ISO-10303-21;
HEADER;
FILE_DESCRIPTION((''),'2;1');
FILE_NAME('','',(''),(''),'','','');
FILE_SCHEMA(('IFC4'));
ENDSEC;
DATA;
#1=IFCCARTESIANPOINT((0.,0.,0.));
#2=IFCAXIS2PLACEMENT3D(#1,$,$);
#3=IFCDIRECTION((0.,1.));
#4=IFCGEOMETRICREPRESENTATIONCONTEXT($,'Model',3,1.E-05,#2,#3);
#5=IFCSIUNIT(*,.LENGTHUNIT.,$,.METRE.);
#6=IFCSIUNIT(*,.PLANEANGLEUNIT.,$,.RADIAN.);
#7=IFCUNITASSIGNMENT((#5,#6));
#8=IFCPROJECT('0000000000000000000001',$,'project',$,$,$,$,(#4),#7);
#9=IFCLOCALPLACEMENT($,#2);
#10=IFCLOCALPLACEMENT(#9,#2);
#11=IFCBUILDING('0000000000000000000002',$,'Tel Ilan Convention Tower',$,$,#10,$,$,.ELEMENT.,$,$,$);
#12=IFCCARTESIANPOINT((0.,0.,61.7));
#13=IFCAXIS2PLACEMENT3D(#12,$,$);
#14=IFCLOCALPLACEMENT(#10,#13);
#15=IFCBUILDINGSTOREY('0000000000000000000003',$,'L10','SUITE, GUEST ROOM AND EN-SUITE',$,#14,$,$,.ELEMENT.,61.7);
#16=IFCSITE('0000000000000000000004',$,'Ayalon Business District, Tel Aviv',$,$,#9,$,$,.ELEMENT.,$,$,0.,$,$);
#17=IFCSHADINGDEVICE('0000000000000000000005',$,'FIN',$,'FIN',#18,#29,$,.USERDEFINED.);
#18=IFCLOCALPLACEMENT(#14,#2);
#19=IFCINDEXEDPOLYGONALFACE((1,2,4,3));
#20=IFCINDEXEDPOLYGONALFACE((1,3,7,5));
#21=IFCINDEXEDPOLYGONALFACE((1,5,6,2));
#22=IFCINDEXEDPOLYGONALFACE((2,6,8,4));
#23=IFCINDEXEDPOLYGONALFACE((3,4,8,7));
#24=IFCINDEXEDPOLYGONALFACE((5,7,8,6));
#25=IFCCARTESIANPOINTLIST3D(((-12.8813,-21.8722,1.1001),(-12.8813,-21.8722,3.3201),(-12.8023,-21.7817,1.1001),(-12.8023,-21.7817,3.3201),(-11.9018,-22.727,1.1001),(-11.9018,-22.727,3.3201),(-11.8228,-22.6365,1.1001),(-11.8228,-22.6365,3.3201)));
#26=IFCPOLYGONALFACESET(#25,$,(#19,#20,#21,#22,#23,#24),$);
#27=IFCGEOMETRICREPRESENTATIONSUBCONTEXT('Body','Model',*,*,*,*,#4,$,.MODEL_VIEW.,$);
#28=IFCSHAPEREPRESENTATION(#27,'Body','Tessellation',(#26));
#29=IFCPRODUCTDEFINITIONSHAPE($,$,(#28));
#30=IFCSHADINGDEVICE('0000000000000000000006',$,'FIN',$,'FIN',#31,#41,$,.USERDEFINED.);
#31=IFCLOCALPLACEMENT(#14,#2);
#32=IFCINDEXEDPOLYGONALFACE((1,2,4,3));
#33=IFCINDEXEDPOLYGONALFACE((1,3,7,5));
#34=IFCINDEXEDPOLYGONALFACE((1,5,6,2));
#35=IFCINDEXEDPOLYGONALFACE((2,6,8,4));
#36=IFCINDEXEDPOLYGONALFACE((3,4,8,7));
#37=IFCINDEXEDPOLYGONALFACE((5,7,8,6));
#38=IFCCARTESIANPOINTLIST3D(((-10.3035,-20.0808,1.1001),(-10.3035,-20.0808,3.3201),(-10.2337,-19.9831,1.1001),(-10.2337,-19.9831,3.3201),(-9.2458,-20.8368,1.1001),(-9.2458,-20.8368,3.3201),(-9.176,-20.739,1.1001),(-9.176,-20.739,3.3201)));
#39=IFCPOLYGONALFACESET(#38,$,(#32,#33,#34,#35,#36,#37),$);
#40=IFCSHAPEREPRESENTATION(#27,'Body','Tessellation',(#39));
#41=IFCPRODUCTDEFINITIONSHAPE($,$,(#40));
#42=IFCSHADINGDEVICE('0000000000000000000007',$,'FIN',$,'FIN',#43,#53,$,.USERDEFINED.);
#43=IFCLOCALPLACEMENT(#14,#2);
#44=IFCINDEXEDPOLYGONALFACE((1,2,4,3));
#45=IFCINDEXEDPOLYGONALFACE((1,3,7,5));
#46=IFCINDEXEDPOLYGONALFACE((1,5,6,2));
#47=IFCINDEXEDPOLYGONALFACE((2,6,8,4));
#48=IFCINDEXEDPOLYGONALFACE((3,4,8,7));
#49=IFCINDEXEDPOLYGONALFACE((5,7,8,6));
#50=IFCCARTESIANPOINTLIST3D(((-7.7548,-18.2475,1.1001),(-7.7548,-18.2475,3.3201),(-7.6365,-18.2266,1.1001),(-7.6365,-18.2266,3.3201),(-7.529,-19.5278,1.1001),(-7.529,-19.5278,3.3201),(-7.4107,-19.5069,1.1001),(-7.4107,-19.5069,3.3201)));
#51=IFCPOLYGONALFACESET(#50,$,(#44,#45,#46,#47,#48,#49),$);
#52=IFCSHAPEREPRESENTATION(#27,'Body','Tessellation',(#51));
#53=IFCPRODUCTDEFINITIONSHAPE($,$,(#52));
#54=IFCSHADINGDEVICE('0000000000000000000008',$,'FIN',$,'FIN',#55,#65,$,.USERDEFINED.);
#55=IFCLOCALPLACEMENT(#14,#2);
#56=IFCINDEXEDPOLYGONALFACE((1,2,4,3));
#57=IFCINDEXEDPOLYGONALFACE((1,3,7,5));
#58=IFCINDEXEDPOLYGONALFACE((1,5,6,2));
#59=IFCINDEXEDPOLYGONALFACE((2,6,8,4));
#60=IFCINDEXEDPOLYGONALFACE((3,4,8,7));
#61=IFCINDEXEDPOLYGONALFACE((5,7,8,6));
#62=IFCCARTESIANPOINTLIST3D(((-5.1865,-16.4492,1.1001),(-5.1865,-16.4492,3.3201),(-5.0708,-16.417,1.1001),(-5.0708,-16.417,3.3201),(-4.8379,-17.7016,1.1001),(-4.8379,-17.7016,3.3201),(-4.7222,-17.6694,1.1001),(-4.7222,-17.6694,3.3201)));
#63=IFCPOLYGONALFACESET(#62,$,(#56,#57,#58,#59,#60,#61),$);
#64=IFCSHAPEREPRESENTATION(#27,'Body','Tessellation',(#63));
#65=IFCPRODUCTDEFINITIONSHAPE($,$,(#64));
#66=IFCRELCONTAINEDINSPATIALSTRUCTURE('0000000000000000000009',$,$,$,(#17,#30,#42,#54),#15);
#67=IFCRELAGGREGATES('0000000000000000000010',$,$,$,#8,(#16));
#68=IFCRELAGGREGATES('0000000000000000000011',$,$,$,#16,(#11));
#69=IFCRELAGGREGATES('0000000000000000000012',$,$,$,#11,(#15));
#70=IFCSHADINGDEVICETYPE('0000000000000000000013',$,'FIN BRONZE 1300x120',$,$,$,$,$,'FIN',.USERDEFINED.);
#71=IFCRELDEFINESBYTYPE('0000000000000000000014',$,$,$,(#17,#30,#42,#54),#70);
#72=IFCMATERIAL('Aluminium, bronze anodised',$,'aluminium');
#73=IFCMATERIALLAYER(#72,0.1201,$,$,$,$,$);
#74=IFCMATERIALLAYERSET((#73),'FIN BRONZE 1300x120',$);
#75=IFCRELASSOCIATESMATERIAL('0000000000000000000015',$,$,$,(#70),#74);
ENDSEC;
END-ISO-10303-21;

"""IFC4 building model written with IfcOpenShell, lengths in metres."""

from ifc_helpers import new_model, si_unit, direction, frame, origin, origin_2d, place, context, subcontext, project, spatial, rectangle, extrude, material, layer, layer_set, type_object, element, save


model = new_model("IFC4")

# Units and contexts
model_context = context("Model", 3, precision=1e-05, world=origin(), true_north=direction((0.0, 1.0)))
body_context = subcontext(model_context, "Body", "Model", "MODEL_VIEW")
ifc_project = project(units=[si_unit("LENGTHUNIT", "METRE"), si_unit("PLANEANGLEUNIT", "RADIAN")], contexts=[model_context])

# Site, building, storey
site_placement = place(None, origin())
site = spatial("IfcSite", under=ifc_project, at=site_placement, Name="Ayalon Business District, Tel Aviv", CompositionType="ELEMENT", RefElevation=0.0)
building_placement = place(site_placement, origin())
building = spatial("IfcBuilding", under=site, at=building_placement, Name="Tel Ilan Convention Tower", CompositionType="ELEMENT")
storey_placement = place(building_placement, frame((0.0, 0.0, 61.7)))
storey = spatial("IfcBuildingStorey", under=building, at=storey_placement, Name="L10", Description="SUITE, GUEST ROOM AND EN-SUITE", CompositionType="ELEMENT", Elevation=61.7)

# Shading devices
ifc_material_1 = material(Name="Aluminium, bronze anodised", Category="aluminium")
ifc_layer_1 = layer(ifc_material_1, 0.1201)
ifc_layer_set_1 = layer_set([ifc_layer_1], Name="FIN BRONZE 1300x120")
shading_device_type = type_object("IfcShadingDeviceType", Name="FIN BRONZE 1300x120", ElementType="FIN", PredefinedType="USERDEFINED", material=ifc_layer_set_1)
for number, where, z_axis, x_axis, name in (
    (1, (-12.3521, -22.2544, 1.1001), (0.0, 0.0, 1.0), (0.753436, -0.657521, 0.0), "FIN"),
    (2, (-9.7397, -20.4099, 1.1001), (0.0, 0.0, 1.0), (0.813552, -0.581492, 0.0), "FIN"),
    (3, (-7.5828, -18.8772, 1.1001), (0.0, 0.0, 1.0), (0.173648, -0.984808, 0.0), "FIN"),
    (4, (-4.9543, -17.0593, 1.1001), (0.0, 0.0, 1.0), (0.268173, -0.963371, 0.0), "FIN"),
):
    element("IfcShadingDevice", number, at=place(storey_placement, frame(where, z_axis=z_axis, x_axis=x_axis)), inside=storey, type_object=shading_device_type, Name=name, ObjectType="FIN", PredefinedType="USERDEFINED", context=body_context, shape_type="SweptSolid", body=[
        extrude(rectangle(XDim=1.3, YDim=0.1201, at=origin_2d()), origin(), (0.0, 0.0, 1.0), 2.22),
    ])

save(model, "model.ifc")
